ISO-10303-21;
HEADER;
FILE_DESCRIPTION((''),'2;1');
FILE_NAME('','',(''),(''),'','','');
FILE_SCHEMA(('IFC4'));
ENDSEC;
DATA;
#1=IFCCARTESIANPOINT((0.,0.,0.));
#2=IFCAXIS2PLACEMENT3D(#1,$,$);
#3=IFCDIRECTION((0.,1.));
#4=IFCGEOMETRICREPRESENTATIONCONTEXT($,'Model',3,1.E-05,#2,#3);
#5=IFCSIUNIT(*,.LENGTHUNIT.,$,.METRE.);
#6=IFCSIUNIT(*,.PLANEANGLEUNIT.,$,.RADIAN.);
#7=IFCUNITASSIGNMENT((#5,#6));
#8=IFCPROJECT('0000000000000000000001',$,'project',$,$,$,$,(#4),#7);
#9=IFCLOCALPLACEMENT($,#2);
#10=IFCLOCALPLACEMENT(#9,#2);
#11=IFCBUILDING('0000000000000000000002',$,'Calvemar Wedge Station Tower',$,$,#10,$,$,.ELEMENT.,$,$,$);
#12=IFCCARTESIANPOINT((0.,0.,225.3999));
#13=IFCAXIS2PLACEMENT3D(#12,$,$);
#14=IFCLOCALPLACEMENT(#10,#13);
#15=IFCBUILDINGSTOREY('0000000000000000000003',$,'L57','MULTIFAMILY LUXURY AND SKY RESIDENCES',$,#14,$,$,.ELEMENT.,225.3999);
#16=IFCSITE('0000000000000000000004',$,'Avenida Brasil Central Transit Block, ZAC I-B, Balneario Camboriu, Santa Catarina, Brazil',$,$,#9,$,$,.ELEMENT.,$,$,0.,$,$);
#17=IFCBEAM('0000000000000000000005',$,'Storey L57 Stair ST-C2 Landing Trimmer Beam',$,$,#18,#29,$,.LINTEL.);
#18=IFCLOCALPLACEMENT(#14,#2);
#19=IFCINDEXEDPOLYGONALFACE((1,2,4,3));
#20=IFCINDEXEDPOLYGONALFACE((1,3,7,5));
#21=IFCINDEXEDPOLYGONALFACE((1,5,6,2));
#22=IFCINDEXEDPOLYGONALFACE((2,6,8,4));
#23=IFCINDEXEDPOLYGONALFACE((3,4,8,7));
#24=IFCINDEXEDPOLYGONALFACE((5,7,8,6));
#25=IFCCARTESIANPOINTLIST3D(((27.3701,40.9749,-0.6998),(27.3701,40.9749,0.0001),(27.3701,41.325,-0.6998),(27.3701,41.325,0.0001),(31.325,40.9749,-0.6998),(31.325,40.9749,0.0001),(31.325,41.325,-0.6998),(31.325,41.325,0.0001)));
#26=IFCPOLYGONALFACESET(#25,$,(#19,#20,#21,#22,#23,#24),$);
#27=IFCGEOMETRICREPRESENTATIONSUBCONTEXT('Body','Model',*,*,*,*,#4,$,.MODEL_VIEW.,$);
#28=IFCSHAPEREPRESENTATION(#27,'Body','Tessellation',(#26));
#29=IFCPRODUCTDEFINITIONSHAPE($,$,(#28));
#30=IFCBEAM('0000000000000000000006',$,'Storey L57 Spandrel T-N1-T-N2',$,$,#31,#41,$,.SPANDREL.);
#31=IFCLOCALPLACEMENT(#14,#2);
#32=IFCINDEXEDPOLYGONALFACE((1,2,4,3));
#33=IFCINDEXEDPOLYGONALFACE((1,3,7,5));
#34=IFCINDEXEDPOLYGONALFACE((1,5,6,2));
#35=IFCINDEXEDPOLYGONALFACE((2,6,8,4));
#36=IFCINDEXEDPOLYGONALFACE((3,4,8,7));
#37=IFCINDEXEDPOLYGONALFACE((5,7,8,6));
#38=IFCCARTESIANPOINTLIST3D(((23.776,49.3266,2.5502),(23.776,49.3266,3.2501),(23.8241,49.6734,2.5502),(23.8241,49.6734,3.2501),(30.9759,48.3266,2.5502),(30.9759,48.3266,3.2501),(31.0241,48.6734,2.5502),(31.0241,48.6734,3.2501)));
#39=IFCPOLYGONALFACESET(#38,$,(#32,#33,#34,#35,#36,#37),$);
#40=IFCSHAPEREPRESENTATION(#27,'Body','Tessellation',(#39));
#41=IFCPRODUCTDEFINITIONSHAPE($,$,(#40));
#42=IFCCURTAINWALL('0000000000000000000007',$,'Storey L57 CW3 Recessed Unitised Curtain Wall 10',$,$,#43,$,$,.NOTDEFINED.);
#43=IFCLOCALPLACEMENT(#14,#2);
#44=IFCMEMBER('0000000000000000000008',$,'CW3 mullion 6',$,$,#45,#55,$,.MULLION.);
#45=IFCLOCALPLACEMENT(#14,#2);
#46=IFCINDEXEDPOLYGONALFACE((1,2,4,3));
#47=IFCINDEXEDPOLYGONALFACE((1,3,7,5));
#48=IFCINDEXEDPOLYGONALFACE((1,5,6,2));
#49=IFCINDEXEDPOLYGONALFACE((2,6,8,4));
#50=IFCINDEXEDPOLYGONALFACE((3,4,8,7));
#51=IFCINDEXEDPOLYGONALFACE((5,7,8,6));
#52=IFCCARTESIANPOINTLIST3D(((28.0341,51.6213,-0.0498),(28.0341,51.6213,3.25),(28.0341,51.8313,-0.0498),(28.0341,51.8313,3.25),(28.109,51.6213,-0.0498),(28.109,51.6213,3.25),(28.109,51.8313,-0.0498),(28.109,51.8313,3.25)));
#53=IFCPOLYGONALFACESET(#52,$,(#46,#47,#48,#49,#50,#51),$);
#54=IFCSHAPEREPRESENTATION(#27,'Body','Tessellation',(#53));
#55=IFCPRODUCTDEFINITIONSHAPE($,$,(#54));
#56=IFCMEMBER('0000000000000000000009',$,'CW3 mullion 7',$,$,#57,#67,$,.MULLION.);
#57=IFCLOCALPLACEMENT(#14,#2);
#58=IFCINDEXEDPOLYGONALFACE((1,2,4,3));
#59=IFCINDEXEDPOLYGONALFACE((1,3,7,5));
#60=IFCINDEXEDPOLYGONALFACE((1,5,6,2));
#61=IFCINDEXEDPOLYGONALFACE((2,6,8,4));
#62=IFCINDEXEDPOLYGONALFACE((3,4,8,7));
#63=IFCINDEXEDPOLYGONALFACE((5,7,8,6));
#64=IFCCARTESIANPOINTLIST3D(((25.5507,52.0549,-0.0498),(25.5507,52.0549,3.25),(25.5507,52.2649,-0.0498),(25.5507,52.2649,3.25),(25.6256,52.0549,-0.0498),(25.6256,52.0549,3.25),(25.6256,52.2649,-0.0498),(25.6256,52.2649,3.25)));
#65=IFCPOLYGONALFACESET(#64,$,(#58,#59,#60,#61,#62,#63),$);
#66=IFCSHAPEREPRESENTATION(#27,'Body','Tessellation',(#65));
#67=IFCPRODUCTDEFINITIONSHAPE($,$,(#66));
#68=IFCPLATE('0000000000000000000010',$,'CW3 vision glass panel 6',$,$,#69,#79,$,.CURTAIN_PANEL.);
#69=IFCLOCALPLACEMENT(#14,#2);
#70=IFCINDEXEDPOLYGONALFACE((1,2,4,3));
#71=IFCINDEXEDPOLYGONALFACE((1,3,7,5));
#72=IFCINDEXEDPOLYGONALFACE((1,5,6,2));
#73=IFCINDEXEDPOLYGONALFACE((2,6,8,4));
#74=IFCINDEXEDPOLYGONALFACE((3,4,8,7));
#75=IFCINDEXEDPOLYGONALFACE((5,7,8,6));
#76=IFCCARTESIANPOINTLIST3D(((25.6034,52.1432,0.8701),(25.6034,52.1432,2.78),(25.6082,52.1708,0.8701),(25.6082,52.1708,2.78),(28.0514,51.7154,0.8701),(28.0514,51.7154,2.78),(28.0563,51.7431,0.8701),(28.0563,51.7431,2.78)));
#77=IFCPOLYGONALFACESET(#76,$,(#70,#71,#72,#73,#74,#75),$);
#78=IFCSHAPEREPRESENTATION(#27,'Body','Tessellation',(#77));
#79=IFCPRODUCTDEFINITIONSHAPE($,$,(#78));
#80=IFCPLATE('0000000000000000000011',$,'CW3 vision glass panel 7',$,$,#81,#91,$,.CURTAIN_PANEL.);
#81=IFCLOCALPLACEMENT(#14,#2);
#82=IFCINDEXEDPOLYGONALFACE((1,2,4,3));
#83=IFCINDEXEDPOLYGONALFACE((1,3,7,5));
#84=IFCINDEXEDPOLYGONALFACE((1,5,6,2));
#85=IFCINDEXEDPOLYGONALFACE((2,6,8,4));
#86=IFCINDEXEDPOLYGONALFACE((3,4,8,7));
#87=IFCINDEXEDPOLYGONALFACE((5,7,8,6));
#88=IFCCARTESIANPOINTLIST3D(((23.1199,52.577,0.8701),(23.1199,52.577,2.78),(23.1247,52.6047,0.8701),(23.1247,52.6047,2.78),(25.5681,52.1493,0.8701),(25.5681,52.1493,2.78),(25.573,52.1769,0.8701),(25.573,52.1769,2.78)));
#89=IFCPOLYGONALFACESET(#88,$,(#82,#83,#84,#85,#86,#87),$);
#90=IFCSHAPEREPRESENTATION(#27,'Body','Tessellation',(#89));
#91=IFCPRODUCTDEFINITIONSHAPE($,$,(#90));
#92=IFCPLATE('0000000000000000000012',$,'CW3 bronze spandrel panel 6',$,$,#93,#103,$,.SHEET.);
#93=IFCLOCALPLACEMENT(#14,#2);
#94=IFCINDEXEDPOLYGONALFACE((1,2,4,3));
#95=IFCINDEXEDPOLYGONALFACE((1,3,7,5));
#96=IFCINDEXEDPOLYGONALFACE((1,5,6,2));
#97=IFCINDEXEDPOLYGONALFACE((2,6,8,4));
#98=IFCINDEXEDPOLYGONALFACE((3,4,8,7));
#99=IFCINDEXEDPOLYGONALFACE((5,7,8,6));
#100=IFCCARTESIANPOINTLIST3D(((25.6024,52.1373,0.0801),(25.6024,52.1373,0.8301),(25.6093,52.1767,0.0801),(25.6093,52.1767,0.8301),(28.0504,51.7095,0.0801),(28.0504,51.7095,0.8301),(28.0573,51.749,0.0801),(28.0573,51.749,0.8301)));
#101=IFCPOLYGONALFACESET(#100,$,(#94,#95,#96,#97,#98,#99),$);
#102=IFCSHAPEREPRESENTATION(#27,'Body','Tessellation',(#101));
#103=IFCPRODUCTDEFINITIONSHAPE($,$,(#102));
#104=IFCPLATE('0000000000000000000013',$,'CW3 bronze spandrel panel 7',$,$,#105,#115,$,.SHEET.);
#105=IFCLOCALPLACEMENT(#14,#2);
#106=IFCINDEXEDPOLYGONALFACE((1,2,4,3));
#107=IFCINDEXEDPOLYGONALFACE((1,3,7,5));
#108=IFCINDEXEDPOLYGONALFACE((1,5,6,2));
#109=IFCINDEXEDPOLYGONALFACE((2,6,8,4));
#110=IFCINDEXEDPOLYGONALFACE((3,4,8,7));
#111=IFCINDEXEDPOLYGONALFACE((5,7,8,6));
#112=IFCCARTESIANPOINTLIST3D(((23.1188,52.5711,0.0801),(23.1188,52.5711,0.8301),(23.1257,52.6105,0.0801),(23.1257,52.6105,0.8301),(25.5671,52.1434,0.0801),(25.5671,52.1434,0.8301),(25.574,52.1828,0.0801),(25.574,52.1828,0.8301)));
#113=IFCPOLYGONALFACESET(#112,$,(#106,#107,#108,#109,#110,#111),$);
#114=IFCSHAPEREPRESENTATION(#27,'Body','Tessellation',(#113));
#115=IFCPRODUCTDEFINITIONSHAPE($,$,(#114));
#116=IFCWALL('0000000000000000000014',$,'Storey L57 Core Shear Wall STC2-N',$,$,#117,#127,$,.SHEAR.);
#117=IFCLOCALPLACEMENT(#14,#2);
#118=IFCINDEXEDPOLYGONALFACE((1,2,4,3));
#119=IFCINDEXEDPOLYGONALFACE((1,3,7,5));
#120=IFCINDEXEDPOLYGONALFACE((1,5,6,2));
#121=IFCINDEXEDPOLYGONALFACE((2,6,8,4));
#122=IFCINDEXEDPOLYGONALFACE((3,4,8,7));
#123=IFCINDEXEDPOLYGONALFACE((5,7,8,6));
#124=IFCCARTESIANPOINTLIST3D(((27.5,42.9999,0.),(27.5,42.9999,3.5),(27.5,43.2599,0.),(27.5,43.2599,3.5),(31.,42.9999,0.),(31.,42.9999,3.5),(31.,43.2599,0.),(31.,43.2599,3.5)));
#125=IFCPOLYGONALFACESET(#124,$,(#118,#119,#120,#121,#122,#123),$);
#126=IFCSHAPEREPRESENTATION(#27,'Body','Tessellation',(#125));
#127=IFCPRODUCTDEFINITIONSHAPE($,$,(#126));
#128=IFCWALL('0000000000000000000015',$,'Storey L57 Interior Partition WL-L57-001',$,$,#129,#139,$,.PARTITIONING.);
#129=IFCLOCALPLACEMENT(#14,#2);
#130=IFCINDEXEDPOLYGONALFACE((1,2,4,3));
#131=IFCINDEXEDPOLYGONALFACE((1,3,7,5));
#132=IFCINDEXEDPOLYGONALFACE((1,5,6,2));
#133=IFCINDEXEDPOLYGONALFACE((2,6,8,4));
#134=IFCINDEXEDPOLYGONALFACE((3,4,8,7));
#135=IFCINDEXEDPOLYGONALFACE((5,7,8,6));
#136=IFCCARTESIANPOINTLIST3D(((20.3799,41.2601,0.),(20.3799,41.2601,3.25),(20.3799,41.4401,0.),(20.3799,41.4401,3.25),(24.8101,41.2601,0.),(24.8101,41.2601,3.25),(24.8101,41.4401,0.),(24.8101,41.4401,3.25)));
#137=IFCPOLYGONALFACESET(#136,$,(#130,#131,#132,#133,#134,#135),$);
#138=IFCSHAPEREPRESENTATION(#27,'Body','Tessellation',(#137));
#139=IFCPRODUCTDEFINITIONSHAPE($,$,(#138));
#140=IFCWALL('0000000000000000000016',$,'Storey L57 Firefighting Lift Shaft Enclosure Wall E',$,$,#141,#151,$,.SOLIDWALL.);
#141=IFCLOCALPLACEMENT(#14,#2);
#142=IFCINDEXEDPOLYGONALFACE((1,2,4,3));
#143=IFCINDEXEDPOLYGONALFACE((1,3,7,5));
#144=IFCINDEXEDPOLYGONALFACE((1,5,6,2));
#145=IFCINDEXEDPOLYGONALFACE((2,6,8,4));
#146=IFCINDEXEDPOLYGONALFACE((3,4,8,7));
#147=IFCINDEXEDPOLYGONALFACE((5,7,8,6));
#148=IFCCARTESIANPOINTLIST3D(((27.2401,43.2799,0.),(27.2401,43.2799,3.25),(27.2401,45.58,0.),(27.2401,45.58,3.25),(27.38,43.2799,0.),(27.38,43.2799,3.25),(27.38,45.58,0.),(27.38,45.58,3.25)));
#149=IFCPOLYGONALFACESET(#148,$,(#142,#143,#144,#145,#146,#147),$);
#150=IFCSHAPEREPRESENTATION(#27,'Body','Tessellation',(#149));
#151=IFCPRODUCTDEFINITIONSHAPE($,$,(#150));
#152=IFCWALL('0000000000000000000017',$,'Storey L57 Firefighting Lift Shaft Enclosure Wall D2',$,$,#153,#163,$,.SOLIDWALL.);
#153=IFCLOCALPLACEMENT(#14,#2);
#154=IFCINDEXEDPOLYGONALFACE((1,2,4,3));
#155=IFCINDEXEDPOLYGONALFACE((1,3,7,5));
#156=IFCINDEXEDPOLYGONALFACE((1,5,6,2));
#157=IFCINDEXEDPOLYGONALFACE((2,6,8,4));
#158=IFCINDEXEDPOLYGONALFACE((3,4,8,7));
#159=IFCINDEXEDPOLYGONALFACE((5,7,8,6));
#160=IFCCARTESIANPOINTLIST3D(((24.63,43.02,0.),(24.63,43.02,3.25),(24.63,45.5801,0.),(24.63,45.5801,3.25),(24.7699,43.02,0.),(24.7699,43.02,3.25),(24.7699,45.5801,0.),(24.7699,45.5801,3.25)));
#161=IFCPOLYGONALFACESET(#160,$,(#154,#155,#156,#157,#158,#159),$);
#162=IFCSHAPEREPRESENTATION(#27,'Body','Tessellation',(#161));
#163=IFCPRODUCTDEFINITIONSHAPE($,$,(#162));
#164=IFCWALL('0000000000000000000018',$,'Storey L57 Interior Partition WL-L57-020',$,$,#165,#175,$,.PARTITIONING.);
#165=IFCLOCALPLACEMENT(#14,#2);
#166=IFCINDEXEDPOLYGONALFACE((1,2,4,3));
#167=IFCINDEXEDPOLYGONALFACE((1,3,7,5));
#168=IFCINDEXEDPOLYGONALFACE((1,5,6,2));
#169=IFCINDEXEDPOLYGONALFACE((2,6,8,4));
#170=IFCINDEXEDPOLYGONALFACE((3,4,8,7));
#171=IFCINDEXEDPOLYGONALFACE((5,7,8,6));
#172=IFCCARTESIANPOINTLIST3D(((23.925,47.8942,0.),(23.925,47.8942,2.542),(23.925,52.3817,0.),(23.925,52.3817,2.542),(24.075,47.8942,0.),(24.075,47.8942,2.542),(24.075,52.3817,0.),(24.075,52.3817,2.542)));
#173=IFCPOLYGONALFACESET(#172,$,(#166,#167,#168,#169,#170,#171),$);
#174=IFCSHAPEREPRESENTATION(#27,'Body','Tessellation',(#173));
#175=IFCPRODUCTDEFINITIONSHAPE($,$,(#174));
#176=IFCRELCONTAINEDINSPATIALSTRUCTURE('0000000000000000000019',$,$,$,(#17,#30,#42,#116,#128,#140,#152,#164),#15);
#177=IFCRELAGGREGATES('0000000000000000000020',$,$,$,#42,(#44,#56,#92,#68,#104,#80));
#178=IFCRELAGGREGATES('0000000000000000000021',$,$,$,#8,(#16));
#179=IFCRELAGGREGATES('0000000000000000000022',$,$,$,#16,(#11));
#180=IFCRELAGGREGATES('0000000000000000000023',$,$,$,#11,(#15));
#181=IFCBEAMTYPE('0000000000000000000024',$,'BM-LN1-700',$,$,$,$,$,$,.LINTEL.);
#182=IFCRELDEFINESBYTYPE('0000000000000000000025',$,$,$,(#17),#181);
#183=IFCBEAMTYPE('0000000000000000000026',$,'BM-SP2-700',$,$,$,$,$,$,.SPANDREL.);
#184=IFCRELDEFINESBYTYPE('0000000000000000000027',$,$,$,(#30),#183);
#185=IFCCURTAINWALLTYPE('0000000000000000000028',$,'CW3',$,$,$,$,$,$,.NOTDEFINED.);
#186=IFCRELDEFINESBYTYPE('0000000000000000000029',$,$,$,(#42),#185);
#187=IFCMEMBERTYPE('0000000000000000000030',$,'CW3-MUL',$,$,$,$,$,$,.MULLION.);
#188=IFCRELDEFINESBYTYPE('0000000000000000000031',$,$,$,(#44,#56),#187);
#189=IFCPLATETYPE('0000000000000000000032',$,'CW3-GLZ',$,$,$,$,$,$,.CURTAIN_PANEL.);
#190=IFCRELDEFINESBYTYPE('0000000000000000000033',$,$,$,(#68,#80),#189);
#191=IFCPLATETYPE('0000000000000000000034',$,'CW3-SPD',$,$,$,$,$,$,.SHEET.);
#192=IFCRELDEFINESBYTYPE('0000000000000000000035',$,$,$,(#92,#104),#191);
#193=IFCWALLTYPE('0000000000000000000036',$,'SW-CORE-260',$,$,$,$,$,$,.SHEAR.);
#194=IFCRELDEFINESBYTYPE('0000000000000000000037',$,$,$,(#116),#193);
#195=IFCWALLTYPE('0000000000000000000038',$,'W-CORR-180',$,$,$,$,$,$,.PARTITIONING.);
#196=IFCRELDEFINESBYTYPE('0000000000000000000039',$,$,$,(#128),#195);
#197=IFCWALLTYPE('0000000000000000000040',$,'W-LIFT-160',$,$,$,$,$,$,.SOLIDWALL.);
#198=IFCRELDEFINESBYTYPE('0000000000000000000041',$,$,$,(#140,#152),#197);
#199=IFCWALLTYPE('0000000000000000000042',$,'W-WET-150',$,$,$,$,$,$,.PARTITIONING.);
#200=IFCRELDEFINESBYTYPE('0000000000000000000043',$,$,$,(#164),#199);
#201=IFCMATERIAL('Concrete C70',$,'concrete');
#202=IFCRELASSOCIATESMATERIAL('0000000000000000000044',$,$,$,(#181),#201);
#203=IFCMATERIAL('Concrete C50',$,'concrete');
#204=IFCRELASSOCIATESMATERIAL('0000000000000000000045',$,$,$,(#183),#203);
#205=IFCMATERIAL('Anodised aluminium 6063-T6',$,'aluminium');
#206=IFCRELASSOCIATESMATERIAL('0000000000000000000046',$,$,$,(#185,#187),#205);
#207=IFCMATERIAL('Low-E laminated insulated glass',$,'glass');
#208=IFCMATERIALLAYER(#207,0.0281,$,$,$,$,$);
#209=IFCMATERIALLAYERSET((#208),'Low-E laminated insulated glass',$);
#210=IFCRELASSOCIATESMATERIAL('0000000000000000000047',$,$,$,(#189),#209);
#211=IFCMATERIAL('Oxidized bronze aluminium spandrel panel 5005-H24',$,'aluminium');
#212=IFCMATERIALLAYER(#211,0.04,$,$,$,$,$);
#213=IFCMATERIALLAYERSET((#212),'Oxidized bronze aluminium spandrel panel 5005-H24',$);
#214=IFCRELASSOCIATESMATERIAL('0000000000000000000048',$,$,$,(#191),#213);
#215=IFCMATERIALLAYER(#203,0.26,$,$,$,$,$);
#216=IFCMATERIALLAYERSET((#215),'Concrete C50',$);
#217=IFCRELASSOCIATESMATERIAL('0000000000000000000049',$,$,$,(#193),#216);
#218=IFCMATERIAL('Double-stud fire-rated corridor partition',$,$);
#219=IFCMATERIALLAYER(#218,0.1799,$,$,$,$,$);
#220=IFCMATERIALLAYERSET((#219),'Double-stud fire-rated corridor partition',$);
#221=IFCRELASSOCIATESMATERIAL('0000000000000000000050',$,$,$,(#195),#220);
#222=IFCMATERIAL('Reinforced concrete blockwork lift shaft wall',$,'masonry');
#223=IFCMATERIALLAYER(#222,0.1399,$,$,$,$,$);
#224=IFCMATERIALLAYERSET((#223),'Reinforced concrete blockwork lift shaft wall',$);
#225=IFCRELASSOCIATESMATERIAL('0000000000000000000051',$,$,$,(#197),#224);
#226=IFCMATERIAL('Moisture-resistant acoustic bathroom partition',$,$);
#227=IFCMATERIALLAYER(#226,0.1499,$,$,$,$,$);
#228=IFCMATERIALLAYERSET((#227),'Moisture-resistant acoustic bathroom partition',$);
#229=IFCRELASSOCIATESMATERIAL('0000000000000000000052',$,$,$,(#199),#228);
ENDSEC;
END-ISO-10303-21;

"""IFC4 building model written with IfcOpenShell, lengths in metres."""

from ifc_helpers import new_model, si_unit, direction, frame, frame_2d, origin, origin_2d, place, context, subcontext, project, spatial, rectangle, extrude, source, transform, mapped, material, layer, layer_set, material_profile, profile_set, type_object, element, aggregate, save


model = new_model("IFC4")

# Units and contexts
model_context = context("Model", 3, precision=1e-05, world=origin(), true_north=direction((0.0, 1.0)))
body_context = subcontext(model_context, "Body", "Model", "MODEL_VIEW")
ifc_project = project(units=[si_unit("LENGTHUNIT", "METRE"), si_unit("PLANEANGLEUNIT", "RADIAN")], contexts=[model_context])

# Site, building, storey
site_placement = place(None, origin())
site = spatial("IfcSite", under=ifc_project, at=site_placement, Name="Avenida Brasil Central Transit Block, ZAC I-B, Balneario Camboriu, Santa Catarina, Brazil", CompositionType="ELEMENT", RefElevation=0.0)
building_placement = place(site_placement, origin())
building = spatial("IfcBuilding", under=site, at=building_placement, Name="Calvemar Wedge Station Tower", CompositionType="ELEMENT")
storey_placement = place(building_placement, frame((0.0, 0.0, 225.3999)))
storey = spatial("IfcBuildingStorey", under=building, at=storey_placement, Name="L57", Description="MULTIFAMILY LUXURY AND SKY RESIDENCES", CompositionType="ELEMENT", Elevation=225.3999)

# Beams
ifc_material_1 = material(Name="Concrete C70", Category="concrete")
ifc_material_profile_1 = material_profile(ifc_material_1, rectangle(XDim=0.3501, YDim=0.7, at=origin_2d()), Name="RC350x700")
ifc_profile_set_1 = profile_set([ifc_material_profile_1], Name="Concrete C70")
beam_type_1 = type_object("IfcBeamType", Name="BM-LN1-700", PredefinedType="LINTEL", material=ifc_profile_set_1)
shared_shape_1 = source(origin(), body_context, "Body", "SweptSolid", [
    extrude(rectangle(XDim=0.3501, YDim=0.7, at=origin_2d()), origin(), (0.0, 0.0, 1.0), 3.9548),
])
beam_1_placement = place(storey_placement, frame((27.3701, 41.1499, -0.3499), z_axis=(1.0, 0.0, 0.0), x_axis=(0.0, 1.0, 0.0)))
element("IfcBeam", 1, at=beam_1_placement, inside=storey, type_object=beam_type_1, Name="Storey L57 Stair ST-C2 Landing Trimmer Beam", PredefinedType="LINTEL", context=body_context, shape_type="MappedRepresentation", body=[
    mapped(shared_shape_1, transform((0.0, 0.0, 0.0), scale=1.0)),
])
ifc_material_2 = material(Name="Concrete C50", Category="concrete")
ifc_material_profile_2 = material_profile(ifc_material_2, rectangle(XDim=0.3501, YDim=0.7, at=origin_2d()), Name="RC350x700")
ifc_profile_set_2 = profile_set([ifc_material_profile_2], Name="Concrete C50")
beam_type_2 = type_object("IfcBeamType", Name="BM-SP2-700", PredefinedType="SPANDREL", material=ifc_profile_set_2)
shared_shape_2 = source(origin(), body_context, "Body", "SweptSolid", [
    extrude(rectangle(XDim=0.3501, YDim=0.7, at=origin_2d()), origin(), (0.0, 0.0, 1.0), 7.269),
])
beam_2_placement = place(storey_placement, frame((23.8, 49.5, 2.9001), z_axis=(0.990492, -0.137569, 0.0), x_axis=(0.137569, 0.990492, 0.0)))
element("IfcBeam", 2, at=beam_2_placement, inside=storey, type_object=beam_type_2, Name="Storey L57 Spandrel T-N1-T-N2", PredefinedType="SPANDREL", context=body_context, shape_type="MappedRepresentation", body=[
    mapped(shared_shape_2, transform((0.0, 0.0, 0.0), scale=1.0)),
])

# Curtain wall, members, plates
ifc_material_3 = material(Name="Anodised aluminium 6063-T6", Category="aluminium")
curtain_wall_type = type_object("IfcCurtainWallType", Name="CW3", PredefinedType="NOTDEFINED", material=ifc_material_3)
curtain_wall_placement = place(storey_placement, origin())
curtain_wall = element("IfcCurtainWall", 3, at=curtain_wall_placement, inside=storey, type_object=curtain_wall_type, Name="Storey L57 CW3 Recessed Unitised Curtain Wall 10", PredefinedType="NOTDEFINED")
ifc_material_profile_3 = material_profile(ifc_material_3, rectangle(XDim=0.075, YDim=0.21, at=origin_2d()), Name="AL-MUL-75x210")
ifc_profile_set_3 = profile_set([ifc_material_profile_3], Name="Anodised aluminium 6063-T6")
member_type = type_object("IfcMemberType", Name="CW3-MUL", PredefinedType="MULLION", material=ifc_profile_set_3)
shared_shape_3 = source(origin(), body_context, "Body", "SweptSolid", [
    extrude(rectangle(XDim=0.075, YDim=0.21, at=origin_2d()), origin(), (0.0, 0.0, 1.0), 3.2998),
])
member_1_placement = place(storey_placement, frame((28.0715, 51.7263, -0.0498), z_axis=(0.0, 0.0, 1.0), x_axis=(1.0, 0.0, 0.0)))
member_1 = element("IfcMember", 4, at=member_1_placement, type_object=member_type, Name="CW3 mullion 6", PredefinedType="MULLION", context=body_context, shape_type="MappedRepresentation", body=[
    mapped(shared_shape_3, transform((0.0, 0.0, 0.0), scale=1.0)),
])
member_2_placement = place(storey_placement, frame((25.5881, 52.1599, -0.0498), z_axis=(0.0, 0.0, 1.0), x_axis=(1.0, 0.0, 0.0)))
member_2 = element("IfcMember", 5, at=member_2_placement, type_object=member_type, Name="CW3 mullion 7", PredefinedType="MULLION", context=body_context, shape_type="MappedRepresentation", body=[
    mapped(shared_shape_3, transform((0.0, 0.0, 0.0), scale=1.0)),
])
ifc_material_4 = material(Name="Low-E laminated insulated glass", Category="glass")
ifc_layer_1 = layer(ifc_material_4, 0.0281)
ifc_layer_set_1 = layer_set([ifc_layer_1], Name="Low-E laminated insulated glass")
plate_type_1 = type_object("IfcPlateType", Name="CW3-GLZ", PredefinedType="CURTAIN_PANEL", material=ifc_layer_set_1)
plate_1_placement = place(storey_placement, frame((28.054, 51.7292, 0.8701), z_axis=(0.0, 0.0, 1.0), x_axis=(-0.985076, 0.172121, 0.0)))
plate_1 = element("IfcPlate", 6, at=plate_1_placement, type_object=plate_type_1, Name="CW3 vision glass panel 6", PredefinedType="CURTAIN_PANEL", context=body_context, shape_type="SweptSolid", body=[
    extrude(rectangle(XDim=2.4851, YDim=0.0281, at=frame_2d((1.2427, 0.0))), origin(), (0.0, 0.0, 1.0), 1.9099),
])
plate_2_placement = place(storey_placement, frame((25.5706, 52.1631, 0.8701), z_axis=(0.0, 0.0, 1.0), x_axis=(-0.985079, 0.172104, 0.0)))
plate_2 = element("IfcPlate", 7, at=plate_2_placement, type_object=plate_type_1, Name="CW3 vision glass panel 7", PredefinedType="CURTAIN_PANEL", context=body_context, shape_type="SweptSolid", body=[
    extrude(rectangle(XDim=2.4854, YDim=0.0281, at=frame_2d((1.2427, 0.0))), origin(), (0.0, 0.0, 1.0), 1.9099),
])
ifc_material_5 = material(Name="Oxidized bronze aluminium spandrel panel 5005-H24", Category="aluminium")
ifc_layer_2 = layer(ifc_material_5, 0.04)
ifc_layer_set_2 = layer_set([ifc_layer_2], Name="Oxidized bronze aluminium spandrel panel 5005-H24")
plate_type_2 = type_object("IfcPlateType", Name="CW3-SPD", PredefinedType="SHEET", material=ifc_layer_set_2)
plate_3_placement = place(storey_placement, frame((28.054, 51.7292, 0.0801), z_axis=(0.0, 0.0, 1.0), x_axis=(-0.985076, 0.172121, 0.0)))
plate_3 = element("IfcPlate", 8, at=plate_3_placement, type_object=plate_type_2, Name="CW3 bronze spandrel panel 6", PredefinedType="SHEET", context=body_context, shape_type="SweptSolid", body=[
    extrude(rectangle(XDim=2.4851, YDim=0.04, at=frame_2d((1.2427, 0.0))), origin(), (0.0, 0.0, 1.0), 0.75),
])
plate_4_placement = place(storey_placement, frame((25.5706, 52.1631, 0.0801), z_axis=(0.0, 0.0, 1.0), x_axis=(-0.985079, 0.172104, 0.0)))
plate_4 = element("IfcPlate", 9, at=plate_4_placement, type_object=plate_type_2, Name="CW3 bronze spandrel panel 7", PredefinedType="SHEET", context=body_context, shape_type="SweptSolid", body=[
    extrude(rectangle(XDim=2.4854, YDim=0.04, at=frame_2d((1.2427, 0.0))), origin(), (0.0, 0.0, 1.0), 0.75),
])
aggregate(curtain_wall, [member_1, member_2, plate_3, plate_1, plate_4, plate_2])

# Walls
ifc_layer_3 = layer(ifc_material_2, 0.26)
ifc_layer_set_3 = layer_set([ifc_layer_3], Name="Concrete C50")
wall_type_1 = type_object("IfcWallType", Name="SW-CORE-260", PredefinedType="SHEAR", material=ifc_layer_set_3)
wall_1_placement = place(storey_placement, frame((27.5, 43.1299, 0.0), z_axis=(0.0, 0.0, 1.0), x_axis=(1.0, 0.0, 0.0)))
element("IfcWall", 10, at=wall_1_placement, inside=storey, type_object=wall_type_1, Name="Storey L57 Core Shear Wall STC2-N", PredefinedType="SHEAR", context=body_context, shape_type="SweptSolid", body=[
    extrude(rectangle(XDim=3.5, YDim=0.26, at=frame_2d((1.75, 0.0))), origin(), (0.0, 0.0, 1.0), 3.5),
])
ifc_material_6 = material(Name="Double-stud fire-rated corridor partition")
ifc_layer_4 = layer(ifc_material_6, 0.1799)
ifc_layer_set_4 = layer_set([ifc_layer_4], Name="Double-stud fire-rated corridor partition")
wall_type_2 = type_object("IfcWallType", Name="W-CORR-180", PredefinedType="PARTITIONING", material=ifc_layer_set_4)
wall_2_placement = place(storey_placement, frame((24.8101, 41.3501, 0.0), z_axis=(0.0, 0.0, 1.0), x_axis=(-1.0, 0.0, 0.0)))
element("IfcWall", 11, at=wall_2_placement, inside=storey, type_object=wall_type_2, Name="Storey L57 Interior Partition WL-L57-001", PredefinedType="PARTITIONING", context=body_context, shape_type="SweptSolid", body=[
    extrude(rectangle(XDim=4.4302, YDim=0.1799, at=frame_2d((2.2151, 0.0))), origin(), (0.0, 0.0, 1.0), 3.25),
])

# Walls
ifc_material_7 = material(Name="Reinforced concrete blockwork lift shaft wall", Category="masonry")
ifc_layer_5 = layer(ifc_material_7, 0.1399)
ifc_layer_set_5 = layer_set([ifc_layer_5], Name="Reinforced concrete blockwork lift shaft wall")
wall_type_3 = type_object("IfcWallType", Name="W-LIFT-160", PredefinedType="SOLIDWALL", material=ifc_layer_set_5)
wall_3_placement = place(storey_placement, frame((27.3101, 43.28, 0.0), z_axis=(0.0, 0.0, 1.0), x_axis=(0.0, 1.0, 0.0)))
element("IfcWall", 12, at=wall_3_placement, inside=storey, type_object=wall_type_3, Name="Storey L57 Firefighting Lift Shaft Enclosure Wall E", PredefinedType="SOLIDWALL", context=body_context, shape_type="SweptSolid", body=[
    extrude(rectangle(XDim=2.3, YDim=0.1399, at=frame_2d((1.1499, 0.0))), origin(), (0.0, 0.0, 1.0), 3.25),
])
wall_4_placement = place(storey_placement, frame((24.7, 43.02, 0.0), z_axis=(0.0, 0.0, 1.0), x_axis=(0.0, 1.0, 0.0)))
element("IfcWall", 13, at=wall_4_placement, inside=storey, type_object=wall_type_3, Name="Storey L57 Firefighting Lift Shaft Enclosure Wall D2", PredefinedType="SOLIDWALL", context=body_context, shape_type="SweptSolid", body=[
    extrude(rectangle(XDim=2.5601, YDim=0.1399, at=frame_2d((1.28, 0.0))), origin(), (0.0, 0.0, 1.0), 3.25),
])
ifc_material_8 = material(Name="Moisture-resistant acoustic bathroom partition")
ifc_layer_6 = layer(ifc_material_8, 0.1499)
ifc_layer_set_6 = layer_set([ifc_layer_6], Name="Moisture-resistant acoustic bathroom partition")
wall_type_4 = type_object("IfcWallType", Name="W-WET-150", PredefinedType="PARTITIONING", material=ifc_layer_set_6)
wall_5_placement = place(storey_placement, frame((24.0, 52.3816, 0.0), z_axis=(0.0, 0.0, 1.0), x_axis=(0.0, -1.0, 0.0)))
element("IfcWall", 14, at=wall_5_placement, inside=storey, type_object=wall_type_4, Name="Storey L57 Interior Partition WL-L57-020", PredefinedType="PARTITIONING", context=body_context, shape_type="SweptSolid", body=[
    extrude(rectangle(XDim=4.4875, YDim=0.1499, at=frame_2d((2.2437, 0.0))), origin(), (0.0, 0.0, 1.0), 2.542),
])

save(model, "model.ifc")
